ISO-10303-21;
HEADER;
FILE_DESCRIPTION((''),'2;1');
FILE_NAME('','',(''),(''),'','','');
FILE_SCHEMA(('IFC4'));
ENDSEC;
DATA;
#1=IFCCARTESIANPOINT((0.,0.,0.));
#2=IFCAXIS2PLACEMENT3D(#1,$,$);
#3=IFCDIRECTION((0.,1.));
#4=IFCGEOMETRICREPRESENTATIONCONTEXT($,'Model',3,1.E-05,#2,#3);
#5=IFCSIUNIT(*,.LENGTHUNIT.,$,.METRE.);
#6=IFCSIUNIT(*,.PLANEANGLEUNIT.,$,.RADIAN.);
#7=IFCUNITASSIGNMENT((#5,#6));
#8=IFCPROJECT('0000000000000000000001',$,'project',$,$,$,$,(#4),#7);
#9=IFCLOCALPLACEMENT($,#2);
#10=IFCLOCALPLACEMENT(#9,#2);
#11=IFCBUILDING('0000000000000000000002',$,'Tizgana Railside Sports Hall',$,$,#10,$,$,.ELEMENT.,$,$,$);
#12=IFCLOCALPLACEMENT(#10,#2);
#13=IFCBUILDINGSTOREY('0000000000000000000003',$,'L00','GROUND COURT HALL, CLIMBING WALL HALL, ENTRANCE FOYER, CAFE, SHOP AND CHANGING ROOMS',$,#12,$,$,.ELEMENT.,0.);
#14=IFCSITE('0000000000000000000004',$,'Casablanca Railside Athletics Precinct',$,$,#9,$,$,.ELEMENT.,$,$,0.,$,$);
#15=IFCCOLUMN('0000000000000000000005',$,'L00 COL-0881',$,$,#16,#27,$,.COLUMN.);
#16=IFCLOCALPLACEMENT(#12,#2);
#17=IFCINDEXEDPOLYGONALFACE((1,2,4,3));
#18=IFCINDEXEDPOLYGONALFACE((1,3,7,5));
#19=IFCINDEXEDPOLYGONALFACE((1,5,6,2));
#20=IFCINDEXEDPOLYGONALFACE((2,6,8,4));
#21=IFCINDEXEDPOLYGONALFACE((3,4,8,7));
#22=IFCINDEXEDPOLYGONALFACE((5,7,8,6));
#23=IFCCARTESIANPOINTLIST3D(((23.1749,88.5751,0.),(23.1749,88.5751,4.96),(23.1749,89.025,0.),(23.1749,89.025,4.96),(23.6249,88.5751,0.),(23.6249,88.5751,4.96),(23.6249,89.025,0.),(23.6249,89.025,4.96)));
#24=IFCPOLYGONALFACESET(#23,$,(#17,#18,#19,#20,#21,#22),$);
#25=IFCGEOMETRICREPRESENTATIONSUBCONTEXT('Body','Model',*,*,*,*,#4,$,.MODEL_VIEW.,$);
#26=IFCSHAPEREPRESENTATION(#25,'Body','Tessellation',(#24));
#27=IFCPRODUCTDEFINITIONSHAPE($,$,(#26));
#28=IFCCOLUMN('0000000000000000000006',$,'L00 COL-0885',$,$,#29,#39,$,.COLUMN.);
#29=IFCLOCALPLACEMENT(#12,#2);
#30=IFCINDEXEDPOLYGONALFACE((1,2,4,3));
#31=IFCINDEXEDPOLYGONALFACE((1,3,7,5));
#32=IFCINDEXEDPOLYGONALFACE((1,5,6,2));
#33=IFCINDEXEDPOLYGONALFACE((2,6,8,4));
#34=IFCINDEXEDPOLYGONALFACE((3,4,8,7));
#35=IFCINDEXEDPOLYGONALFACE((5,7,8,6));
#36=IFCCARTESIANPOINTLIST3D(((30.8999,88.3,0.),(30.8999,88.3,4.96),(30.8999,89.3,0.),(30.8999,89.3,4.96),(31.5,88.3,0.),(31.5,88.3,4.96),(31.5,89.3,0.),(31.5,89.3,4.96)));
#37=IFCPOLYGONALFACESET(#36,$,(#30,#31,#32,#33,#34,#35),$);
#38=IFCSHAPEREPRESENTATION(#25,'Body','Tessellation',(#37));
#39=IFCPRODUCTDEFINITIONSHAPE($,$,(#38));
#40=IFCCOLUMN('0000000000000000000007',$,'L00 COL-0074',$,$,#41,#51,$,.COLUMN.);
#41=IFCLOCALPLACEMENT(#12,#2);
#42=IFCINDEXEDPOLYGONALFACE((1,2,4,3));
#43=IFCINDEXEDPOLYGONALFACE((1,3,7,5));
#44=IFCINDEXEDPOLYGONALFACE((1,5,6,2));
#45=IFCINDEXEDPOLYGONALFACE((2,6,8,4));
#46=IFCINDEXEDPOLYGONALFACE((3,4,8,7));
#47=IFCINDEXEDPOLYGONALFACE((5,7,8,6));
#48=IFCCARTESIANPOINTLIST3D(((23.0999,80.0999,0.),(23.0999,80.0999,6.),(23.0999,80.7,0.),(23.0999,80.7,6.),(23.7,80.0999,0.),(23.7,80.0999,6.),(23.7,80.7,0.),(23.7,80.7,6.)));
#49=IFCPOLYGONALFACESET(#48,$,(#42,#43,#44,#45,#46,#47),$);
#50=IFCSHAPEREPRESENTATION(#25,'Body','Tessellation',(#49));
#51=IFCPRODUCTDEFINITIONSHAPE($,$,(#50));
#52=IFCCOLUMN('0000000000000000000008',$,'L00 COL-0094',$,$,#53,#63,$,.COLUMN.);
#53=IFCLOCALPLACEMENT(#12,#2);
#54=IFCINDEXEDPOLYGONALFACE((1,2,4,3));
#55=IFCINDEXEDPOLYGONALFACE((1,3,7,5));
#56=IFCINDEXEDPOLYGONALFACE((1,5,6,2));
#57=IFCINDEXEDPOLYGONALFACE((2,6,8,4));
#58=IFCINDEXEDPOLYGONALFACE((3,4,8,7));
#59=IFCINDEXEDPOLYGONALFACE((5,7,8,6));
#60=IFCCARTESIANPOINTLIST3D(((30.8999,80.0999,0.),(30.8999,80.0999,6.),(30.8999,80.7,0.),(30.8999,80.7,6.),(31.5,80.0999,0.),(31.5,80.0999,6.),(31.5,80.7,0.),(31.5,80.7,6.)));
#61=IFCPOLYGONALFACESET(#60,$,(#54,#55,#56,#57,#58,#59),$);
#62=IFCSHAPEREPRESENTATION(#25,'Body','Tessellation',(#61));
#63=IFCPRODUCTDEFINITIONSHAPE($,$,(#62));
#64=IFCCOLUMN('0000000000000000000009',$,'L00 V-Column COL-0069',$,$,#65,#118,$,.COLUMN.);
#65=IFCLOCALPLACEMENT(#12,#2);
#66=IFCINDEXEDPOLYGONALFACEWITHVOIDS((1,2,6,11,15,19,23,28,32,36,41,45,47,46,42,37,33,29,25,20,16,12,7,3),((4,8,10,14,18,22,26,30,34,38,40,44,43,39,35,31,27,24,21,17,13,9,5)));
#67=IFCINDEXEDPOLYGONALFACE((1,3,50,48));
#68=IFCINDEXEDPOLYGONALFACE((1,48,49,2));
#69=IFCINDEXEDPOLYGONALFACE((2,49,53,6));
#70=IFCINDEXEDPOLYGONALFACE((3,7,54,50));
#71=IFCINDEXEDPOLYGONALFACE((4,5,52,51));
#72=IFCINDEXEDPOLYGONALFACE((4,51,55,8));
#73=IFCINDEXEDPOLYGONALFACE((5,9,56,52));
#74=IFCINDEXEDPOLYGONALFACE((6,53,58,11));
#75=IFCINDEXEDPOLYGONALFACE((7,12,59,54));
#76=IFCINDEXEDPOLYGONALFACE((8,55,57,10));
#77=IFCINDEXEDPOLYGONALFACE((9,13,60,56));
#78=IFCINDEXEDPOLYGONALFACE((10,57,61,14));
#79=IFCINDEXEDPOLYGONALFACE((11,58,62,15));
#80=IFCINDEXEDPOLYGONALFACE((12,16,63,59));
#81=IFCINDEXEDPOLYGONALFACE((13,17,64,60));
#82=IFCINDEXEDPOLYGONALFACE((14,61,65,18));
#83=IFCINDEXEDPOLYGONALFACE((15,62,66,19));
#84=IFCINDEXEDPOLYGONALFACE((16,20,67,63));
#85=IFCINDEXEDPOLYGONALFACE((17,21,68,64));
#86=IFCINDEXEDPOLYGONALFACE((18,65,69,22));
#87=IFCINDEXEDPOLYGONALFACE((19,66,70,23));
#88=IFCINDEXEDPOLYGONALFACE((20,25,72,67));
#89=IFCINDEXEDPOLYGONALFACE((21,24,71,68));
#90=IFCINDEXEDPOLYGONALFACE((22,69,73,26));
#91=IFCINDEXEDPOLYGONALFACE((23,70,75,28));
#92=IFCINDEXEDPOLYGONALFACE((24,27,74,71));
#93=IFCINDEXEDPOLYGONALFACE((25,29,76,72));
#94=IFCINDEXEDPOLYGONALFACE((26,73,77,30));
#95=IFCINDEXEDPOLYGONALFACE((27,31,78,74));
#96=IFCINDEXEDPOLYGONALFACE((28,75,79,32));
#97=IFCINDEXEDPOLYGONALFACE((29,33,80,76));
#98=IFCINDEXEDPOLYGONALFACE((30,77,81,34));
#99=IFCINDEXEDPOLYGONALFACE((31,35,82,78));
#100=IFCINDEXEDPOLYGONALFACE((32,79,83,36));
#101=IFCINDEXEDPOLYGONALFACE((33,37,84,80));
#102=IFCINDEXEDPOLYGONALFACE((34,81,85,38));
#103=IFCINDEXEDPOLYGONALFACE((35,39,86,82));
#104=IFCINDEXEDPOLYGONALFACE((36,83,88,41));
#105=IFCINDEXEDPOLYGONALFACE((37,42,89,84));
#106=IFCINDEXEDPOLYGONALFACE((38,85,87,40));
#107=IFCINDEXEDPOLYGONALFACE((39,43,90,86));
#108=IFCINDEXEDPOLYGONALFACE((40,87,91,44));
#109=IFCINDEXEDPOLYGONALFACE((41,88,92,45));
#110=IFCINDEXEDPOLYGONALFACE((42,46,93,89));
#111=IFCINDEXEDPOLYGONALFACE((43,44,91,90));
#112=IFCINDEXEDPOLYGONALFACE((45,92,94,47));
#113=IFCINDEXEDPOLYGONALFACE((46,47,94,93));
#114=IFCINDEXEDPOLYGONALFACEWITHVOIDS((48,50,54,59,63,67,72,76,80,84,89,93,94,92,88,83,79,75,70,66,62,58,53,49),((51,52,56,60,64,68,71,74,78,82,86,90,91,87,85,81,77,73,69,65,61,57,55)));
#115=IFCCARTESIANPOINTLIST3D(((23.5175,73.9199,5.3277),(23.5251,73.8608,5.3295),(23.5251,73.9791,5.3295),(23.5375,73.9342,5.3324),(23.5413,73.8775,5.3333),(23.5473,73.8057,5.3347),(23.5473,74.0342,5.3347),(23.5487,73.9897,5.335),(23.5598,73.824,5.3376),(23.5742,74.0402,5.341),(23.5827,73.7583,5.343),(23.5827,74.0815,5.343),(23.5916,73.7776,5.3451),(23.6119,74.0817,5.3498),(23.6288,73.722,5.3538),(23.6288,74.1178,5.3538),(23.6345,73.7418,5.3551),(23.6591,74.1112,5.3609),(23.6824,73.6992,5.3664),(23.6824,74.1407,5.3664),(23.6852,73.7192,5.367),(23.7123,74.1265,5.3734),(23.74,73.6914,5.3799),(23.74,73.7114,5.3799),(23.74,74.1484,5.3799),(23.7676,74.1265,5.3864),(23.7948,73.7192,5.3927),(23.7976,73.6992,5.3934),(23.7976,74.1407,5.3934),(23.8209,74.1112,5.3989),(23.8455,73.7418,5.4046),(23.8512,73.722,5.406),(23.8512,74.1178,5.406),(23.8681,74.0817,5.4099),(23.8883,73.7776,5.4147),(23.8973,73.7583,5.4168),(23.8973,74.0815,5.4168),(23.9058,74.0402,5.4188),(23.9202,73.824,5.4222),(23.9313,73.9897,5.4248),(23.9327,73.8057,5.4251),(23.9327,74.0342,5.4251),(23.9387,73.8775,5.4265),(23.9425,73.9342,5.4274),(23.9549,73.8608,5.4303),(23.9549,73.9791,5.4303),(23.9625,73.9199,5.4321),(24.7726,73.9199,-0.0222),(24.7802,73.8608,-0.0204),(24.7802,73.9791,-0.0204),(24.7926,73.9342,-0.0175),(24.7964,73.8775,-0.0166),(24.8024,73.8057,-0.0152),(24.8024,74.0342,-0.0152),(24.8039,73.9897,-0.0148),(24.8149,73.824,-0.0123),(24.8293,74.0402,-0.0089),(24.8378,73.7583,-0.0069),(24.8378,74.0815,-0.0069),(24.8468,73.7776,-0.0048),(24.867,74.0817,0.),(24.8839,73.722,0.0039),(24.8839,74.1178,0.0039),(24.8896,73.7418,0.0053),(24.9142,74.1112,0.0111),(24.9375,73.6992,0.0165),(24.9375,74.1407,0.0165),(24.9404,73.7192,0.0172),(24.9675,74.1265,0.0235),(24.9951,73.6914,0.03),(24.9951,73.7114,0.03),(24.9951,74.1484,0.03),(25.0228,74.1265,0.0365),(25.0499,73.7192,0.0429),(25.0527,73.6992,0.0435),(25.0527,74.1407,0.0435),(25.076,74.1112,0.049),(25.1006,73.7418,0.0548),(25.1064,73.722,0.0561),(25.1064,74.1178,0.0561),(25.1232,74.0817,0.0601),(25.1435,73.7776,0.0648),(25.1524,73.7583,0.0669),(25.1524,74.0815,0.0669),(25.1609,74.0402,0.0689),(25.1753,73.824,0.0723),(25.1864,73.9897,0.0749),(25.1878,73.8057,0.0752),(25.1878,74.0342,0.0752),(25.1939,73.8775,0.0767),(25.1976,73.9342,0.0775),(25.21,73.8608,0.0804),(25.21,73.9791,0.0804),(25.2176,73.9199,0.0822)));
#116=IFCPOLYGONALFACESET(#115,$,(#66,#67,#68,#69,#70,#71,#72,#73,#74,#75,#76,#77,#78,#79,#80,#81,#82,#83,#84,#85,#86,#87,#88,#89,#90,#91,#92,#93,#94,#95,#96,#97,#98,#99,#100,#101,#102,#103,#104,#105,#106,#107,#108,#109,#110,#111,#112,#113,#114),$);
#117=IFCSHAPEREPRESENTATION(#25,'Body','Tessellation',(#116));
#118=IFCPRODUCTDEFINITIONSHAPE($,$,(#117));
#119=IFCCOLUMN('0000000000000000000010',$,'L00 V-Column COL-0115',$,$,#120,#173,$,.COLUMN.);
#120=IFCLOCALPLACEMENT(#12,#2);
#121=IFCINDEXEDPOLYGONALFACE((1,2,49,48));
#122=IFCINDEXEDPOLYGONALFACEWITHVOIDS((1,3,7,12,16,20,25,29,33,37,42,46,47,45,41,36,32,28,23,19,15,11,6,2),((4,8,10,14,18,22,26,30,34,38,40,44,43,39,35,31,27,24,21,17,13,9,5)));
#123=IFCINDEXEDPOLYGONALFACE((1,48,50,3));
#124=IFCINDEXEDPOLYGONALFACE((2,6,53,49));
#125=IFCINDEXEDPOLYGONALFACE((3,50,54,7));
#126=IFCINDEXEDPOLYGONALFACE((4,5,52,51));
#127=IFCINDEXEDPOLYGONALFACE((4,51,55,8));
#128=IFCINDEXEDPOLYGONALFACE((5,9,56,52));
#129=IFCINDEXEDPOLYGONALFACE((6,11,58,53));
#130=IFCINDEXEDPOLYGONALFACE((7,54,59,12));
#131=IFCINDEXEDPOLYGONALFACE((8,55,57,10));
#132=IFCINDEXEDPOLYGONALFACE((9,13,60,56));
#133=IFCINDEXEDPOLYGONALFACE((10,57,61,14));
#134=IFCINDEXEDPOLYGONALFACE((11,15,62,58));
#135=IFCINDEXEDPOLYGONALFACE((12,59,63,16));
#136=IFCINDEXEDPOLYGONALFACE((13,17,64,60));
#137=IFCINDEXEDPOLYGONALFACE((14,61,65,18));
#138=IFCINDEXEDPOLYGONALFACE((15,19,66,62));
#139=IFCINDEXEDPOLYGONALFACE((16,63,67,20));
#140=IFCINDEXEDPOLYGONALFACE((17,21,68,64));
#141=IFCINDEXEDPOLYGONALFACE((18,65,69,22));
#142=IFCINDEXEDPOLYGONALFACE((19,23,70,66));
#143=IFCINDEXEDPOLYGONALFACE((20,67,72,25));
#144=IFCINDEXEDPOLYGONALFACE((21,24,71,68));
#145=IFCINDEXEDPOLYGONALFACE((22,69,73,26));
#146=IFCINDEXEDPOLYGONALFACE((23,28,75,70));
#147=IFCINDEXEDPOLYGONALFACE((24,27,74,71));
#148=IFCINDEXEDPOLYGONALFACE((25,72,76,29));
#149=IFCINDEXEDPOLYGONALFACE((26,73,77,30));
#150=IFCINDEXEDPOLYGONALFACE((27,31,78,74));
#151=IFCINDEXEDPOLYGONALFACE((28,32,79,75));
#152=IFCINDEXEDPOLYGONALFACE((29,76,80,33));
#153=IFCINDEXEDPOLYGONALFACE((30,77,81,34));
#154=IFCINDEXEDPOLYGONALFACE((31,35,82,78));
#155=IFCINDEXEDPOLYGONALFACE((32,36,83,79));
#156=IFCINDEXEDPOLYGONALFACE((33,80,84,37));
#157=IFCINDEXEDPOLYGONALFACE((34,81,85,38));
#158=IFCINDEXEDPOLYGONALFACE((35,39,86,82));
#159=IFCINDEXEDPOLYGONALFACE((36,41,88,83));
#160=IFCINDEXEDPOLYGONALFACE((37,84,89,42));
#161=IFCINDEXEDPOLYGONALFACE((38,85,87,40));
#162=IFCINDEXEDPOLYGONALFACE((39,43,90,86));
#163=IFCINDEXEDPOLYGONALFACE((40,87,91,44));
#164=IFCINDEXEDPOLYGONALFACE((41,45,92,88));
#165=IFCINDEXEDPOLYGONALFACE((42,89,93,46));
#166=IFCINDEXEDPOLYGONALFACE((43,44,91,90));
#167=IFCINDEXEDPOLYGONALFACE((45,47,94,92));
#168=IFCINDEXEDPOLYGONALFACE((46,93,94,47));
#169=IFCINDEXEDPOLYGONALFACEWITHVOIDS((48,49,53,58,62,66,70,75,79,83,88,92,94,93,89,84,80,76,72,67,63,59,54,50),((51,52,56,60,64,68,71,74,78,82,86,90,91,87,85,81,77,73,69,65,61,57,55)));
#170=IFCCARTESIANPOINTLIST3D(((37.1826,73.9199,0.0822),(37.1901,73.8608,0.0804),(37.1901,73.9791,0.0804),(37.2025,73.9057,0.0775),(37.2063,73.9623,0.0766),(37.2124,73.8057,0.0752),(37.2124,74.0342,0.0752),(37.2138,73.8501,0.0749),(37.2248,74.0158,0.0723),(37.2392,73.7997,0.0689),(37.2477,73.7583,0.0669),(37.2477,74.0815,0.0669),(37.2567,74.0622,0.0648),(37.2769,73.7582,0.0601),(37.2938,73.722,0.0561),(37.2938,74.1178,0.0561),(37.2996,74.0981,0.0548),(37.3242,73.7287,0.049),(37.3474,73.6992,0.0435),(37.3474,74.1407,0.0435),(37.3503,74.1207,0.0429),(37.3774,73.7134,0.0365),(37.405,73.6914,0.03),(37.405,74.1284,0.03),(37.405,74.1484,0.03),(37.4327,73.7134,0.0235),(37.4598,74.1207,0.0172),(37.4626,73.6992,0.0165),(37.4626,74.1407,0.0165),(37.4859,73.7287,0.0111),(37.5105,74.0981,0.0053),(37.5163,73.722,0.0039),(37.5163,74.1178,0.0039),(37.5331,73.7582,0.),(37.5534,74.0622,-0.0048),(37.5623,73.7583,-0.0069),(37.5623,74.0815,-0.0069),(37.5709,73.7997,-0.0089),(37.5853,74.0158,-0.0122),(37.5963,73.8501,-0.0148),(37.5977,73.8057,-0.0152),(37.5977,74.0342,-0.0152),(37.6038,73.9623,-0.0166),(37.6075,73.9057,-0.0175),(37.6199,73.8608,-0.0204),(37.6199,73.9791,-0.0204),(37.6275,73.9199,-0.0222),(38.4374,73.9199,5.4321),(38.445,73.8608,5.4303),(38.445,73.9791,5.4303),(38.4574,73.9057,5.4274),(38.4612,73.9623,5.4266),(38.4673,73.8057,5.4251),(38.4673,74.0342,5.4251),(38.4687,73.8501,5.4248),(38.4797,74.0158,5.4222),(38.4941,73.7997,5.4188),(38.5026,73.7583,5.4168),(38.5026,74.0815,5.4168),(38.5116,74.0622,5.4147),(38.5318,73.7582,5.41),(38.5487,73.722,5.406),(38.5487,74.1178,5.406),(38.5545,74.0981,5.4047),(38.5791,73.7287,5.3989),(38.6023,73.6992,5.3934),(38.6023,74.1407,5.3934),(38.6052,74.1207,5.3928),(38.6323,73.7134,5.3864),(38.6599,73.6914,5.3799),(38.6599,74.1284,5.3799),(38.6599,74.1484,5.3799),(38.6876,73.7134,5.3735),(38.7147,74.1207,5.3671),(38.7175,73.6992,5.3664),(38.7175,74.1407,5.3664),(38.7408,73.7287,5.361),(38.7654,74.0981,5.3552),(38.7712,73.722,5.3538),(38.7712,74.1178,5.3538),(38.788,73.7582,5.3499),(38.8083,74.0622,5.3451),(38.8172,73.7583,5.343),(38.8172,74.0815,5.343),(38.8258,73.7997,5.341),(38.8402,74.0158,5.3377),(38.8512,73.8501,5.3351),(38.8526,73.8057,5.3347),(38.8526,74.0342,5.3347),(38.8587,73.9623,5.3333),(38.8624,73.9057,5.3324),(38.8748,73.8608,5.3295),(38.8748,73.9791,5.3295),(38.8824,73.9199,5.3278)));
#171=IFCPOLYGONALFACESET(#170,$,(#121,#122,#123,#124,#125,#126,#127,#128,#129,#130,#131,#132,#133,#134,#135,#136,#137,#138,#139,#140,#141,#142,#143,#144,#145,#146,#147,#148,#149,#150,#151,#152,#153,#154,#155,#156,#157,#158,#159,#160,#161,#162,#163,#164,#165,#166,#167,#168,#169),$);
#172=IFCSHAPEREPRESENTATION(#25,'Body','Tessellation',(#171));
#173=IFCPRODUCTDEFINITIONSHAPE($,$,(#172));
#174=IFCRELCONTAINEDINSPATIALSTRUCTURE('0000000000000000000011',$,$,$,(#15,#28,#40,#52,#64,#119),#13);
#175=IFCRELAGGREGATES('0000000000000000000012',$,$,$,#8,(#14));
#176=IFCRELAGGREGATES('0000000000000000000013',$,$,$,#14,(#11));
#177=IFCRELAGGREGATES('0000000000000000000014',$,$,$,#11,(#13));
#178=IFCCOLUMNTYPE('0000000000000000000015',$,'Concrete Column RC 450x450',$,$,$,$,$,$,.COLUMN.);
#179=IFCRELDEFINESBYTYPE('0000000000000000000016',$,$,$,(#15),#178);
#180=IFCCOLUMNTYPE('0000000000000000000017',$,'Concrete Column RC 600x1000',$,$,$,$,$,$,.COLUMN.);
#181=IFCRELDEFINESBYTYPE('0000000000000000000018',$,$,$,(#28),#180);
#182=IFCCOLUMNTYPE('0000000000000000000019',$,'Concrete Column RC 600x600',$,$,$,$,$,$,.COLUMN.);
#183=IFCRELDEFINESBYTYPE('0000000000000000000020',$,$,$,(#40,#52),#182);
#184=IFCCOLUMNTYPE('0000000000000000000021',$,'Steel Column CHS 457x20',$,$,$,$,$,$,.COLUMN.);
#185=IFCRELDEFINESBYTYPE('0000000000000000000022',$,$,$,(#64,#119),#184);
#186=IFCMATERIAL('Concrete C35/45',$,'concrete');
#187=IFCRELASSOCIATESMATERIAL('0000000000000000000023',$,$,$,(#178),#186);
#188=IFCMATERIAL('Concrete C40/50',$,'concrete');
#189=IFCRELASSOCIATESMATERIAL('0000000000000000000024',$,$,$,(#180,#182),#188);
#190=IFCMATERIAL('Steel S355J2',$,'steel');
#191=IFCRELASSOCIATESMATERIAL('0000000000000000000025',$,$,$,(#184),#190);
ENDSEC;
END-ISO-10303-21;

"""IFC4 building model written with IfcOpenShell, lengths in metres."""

from ifc_helpers import new_model, si_unit, direction, frame, origin, origin_2d, place, context, subcontext, project, spatial, rectangle, hollow_circle, extrude, material, material_profile, profile_set, type_object, element, save


model = new_model("IFC4")

# Units and contexts
model_context = context("Model", 3, precision=1e-05, world=origin(), true_north=direction((0.0, 1.0)))
body_context = subcontext(model_context, "Body", "Model", "MODEL_VIEW")
ifc_project = project(units=[si_unit("LENGTHUNIT", "METRE"), si_unit("PLANEANGLEUNIT", "RADIAN")], contexts=[model_context])

# Site, building, storey
site_placement = place(None, origin())
site = spatial("IfcSite", under=ifc_project, at=site_placement, Name="Casablanca Railside Athletics Precinct", CompositionType="ELEMENT", RefElevation=0.0)
building_placement = place(site_placement, origin())
building = spatial("IfcBuilding", under=site, at=building_placement, Name="Tizgana Railside Sports Hall", CompositionType="ELEMENT")
storey_placement = place(building_placement, origin())
storey = spatial("IfcBuildingStorey", under=building, at=storey_placement, Name="L00", Description="GROUND COURT HALL, CLIMBING WALL HALL, ENTRANCE FOYER, CAFE, SHOP AND CHANGING ROOMS", CompositionType="ELEMENT", Elevation=0.0)

# Columns
ifc_material_1 = material(Name="Concrete C35/45", Category="concrete")
ifc_material_profile_1 = material_profile(ifc_material_1, rectangle(XDim=0.45, YDim=0.45, at=origin_2d()), Name="RC 450x450")
ifc_profile_set_1 = profile_set([ifc_material_profile_1], Name="Concrete C35/45")
column_type_1 = type_object("IfcColumnType", Name="Concrete Column RC 450x450", PredefinedType="COLUMN", material=ifc_profile_set_1)
column_1_placement = place(storey_placement, frame((23.3999, 88.8, 0.0), z_axis=(0.0, 0.0, 1.0), x_axis=(1.0, 0.0, 0.0)))
element("IfcColumn", 1, at=column_1_placement, inside=storey, type_object=column_type_1, Name="L00 COL-0881", PredefinedType="COLUMN", context=body_context, shape_type="SweptSolid", body=[
    extrude(rectangle(XDim=0.45, YDim=0.45, at=origin_2d()), origin(), (0.0, 0.0, 1.0), 4.96),
])
ifc_material_2 = material(Name="Concrete C40/50", Category="concrete")
ifc_material_profile_2 = material_profile(ifc_material_2, rectangle(XDim=0.6001, YDim=1.0, at=origin_2d()), Name="RC 600x1000")
ifc_profile_set_2 = profile_set([ifc_material_profile_2], Name="Concrete C40/50")
column_type_2 = type_object("IfcColumnType", Name="Concrete Column RC 600x1000", PredefinedType="COLUMN", material=ifc_profile_set_2)
column_2_placement = place(storey_placement, frame((31.2, 88.8, 0.0), z_axis=(0.0, 0.0, 1.0), x_axis=(1.0, 0.0, 0.0)))
element("IfcColumn", 2, at=column_2_placement, inside=storey, type_object=column_type_2, Name="L00 COL-0885", PredefinedType="COLUMN", context=body_context, shape_type="SweptSolid", body=[
    extrude(rectangle(XDim=0.6001, YDim=1.0, at=origin_2d()), origin(), (0.0, 0.0, 1.0), 4.96),
])
ifc_material_profile_3 = material_profile(ifc_material_2, rectangle(XDim=0.6001, YDim=0.6001, at=origin_2d()), Name="RC 600x600")
ifc_profile_set_3 = profile_set([ifc_material_profile_3], Name="Concrete C40/50")
column_type_3 = type_object("IfcColumnType", Name="Concrete Column RC 600x600", PredefinedType="COLUMN", material=ifc_profile_set_3)
for number, where, z_axis, x_axis, name in (
    (3, (23.3999, 80.3999, 0.0), (0.0, 0.0, 1.0), (1.0, 0.0, 0.0), "L00 COL-0074"),
    (4, (31.2, 80.3999, 0.0), (0.0, 0.0, 1.0), (1.0, 0.0, 0.0), "L00 COL-0094"),
):
    element("IfcColumn", number, at=place(storey_placement, frame(where, z_axis=z_axis, x_axis=x_axis)), inside=storey, type_object=column_type_3, Name=name, PredefinedType="COLUMN", context=body_context, shape_type="SweptSolid", body=[
        extrude(rectangle(XDim=0.6001, YDim=0.6001, at=origin_2d()), origin(), (0.0, 0.0, 1.0), 6.0),
    ])
ifc_material_3 = material(Name="Steel S355J2", Category="steel")
ifc_material_profile_4 = material_profile(ifc_material_3, hollow_circle(Radius=0.2285, WallThickness=0.02, at=origin_2d()), Name="CHS 457x20")
ifc_profile_set_4 = profile_set([ifc_material_profile_4], Name="Steel S355J2")
column_type_4 = type_object("IfcColumnType", Name="Steel Column CHS 457x20", PredefinedType="COLUMN", material=ifc_profile_set_4)
for number, where, z_axis, x_axis, name in (
    (5, (24.9951, 73.9199, 0.03), (-0.228408, 0.0, 0.973566), (0.0, -1.0, 0.0), "L00 V-Column COL-0069"),
    (6, (37.405, 73.9199, 0.03), (0.228366, 0.0, 0.973575), (0.0, 1.0, 0.0), "L00 V-Column COL-0115"),
):
    element("IfcColumn", number, at=place(storey_placement, frame(where, z_axis=z_axis, x_axis=x_axis)), inside=storey, type_object=column_type_4, Name=name, PredefinedType="COLUMN", context=body_context, shape_type="SweptSolid", body=[
        extrude(hollow_circle(Radius=0.2285, WallThickness=0.02, at=origin_2d()), origin(), (0.0, 0.0, 1.0), 5.4951),
    ])

save(model, "model.ifc")
